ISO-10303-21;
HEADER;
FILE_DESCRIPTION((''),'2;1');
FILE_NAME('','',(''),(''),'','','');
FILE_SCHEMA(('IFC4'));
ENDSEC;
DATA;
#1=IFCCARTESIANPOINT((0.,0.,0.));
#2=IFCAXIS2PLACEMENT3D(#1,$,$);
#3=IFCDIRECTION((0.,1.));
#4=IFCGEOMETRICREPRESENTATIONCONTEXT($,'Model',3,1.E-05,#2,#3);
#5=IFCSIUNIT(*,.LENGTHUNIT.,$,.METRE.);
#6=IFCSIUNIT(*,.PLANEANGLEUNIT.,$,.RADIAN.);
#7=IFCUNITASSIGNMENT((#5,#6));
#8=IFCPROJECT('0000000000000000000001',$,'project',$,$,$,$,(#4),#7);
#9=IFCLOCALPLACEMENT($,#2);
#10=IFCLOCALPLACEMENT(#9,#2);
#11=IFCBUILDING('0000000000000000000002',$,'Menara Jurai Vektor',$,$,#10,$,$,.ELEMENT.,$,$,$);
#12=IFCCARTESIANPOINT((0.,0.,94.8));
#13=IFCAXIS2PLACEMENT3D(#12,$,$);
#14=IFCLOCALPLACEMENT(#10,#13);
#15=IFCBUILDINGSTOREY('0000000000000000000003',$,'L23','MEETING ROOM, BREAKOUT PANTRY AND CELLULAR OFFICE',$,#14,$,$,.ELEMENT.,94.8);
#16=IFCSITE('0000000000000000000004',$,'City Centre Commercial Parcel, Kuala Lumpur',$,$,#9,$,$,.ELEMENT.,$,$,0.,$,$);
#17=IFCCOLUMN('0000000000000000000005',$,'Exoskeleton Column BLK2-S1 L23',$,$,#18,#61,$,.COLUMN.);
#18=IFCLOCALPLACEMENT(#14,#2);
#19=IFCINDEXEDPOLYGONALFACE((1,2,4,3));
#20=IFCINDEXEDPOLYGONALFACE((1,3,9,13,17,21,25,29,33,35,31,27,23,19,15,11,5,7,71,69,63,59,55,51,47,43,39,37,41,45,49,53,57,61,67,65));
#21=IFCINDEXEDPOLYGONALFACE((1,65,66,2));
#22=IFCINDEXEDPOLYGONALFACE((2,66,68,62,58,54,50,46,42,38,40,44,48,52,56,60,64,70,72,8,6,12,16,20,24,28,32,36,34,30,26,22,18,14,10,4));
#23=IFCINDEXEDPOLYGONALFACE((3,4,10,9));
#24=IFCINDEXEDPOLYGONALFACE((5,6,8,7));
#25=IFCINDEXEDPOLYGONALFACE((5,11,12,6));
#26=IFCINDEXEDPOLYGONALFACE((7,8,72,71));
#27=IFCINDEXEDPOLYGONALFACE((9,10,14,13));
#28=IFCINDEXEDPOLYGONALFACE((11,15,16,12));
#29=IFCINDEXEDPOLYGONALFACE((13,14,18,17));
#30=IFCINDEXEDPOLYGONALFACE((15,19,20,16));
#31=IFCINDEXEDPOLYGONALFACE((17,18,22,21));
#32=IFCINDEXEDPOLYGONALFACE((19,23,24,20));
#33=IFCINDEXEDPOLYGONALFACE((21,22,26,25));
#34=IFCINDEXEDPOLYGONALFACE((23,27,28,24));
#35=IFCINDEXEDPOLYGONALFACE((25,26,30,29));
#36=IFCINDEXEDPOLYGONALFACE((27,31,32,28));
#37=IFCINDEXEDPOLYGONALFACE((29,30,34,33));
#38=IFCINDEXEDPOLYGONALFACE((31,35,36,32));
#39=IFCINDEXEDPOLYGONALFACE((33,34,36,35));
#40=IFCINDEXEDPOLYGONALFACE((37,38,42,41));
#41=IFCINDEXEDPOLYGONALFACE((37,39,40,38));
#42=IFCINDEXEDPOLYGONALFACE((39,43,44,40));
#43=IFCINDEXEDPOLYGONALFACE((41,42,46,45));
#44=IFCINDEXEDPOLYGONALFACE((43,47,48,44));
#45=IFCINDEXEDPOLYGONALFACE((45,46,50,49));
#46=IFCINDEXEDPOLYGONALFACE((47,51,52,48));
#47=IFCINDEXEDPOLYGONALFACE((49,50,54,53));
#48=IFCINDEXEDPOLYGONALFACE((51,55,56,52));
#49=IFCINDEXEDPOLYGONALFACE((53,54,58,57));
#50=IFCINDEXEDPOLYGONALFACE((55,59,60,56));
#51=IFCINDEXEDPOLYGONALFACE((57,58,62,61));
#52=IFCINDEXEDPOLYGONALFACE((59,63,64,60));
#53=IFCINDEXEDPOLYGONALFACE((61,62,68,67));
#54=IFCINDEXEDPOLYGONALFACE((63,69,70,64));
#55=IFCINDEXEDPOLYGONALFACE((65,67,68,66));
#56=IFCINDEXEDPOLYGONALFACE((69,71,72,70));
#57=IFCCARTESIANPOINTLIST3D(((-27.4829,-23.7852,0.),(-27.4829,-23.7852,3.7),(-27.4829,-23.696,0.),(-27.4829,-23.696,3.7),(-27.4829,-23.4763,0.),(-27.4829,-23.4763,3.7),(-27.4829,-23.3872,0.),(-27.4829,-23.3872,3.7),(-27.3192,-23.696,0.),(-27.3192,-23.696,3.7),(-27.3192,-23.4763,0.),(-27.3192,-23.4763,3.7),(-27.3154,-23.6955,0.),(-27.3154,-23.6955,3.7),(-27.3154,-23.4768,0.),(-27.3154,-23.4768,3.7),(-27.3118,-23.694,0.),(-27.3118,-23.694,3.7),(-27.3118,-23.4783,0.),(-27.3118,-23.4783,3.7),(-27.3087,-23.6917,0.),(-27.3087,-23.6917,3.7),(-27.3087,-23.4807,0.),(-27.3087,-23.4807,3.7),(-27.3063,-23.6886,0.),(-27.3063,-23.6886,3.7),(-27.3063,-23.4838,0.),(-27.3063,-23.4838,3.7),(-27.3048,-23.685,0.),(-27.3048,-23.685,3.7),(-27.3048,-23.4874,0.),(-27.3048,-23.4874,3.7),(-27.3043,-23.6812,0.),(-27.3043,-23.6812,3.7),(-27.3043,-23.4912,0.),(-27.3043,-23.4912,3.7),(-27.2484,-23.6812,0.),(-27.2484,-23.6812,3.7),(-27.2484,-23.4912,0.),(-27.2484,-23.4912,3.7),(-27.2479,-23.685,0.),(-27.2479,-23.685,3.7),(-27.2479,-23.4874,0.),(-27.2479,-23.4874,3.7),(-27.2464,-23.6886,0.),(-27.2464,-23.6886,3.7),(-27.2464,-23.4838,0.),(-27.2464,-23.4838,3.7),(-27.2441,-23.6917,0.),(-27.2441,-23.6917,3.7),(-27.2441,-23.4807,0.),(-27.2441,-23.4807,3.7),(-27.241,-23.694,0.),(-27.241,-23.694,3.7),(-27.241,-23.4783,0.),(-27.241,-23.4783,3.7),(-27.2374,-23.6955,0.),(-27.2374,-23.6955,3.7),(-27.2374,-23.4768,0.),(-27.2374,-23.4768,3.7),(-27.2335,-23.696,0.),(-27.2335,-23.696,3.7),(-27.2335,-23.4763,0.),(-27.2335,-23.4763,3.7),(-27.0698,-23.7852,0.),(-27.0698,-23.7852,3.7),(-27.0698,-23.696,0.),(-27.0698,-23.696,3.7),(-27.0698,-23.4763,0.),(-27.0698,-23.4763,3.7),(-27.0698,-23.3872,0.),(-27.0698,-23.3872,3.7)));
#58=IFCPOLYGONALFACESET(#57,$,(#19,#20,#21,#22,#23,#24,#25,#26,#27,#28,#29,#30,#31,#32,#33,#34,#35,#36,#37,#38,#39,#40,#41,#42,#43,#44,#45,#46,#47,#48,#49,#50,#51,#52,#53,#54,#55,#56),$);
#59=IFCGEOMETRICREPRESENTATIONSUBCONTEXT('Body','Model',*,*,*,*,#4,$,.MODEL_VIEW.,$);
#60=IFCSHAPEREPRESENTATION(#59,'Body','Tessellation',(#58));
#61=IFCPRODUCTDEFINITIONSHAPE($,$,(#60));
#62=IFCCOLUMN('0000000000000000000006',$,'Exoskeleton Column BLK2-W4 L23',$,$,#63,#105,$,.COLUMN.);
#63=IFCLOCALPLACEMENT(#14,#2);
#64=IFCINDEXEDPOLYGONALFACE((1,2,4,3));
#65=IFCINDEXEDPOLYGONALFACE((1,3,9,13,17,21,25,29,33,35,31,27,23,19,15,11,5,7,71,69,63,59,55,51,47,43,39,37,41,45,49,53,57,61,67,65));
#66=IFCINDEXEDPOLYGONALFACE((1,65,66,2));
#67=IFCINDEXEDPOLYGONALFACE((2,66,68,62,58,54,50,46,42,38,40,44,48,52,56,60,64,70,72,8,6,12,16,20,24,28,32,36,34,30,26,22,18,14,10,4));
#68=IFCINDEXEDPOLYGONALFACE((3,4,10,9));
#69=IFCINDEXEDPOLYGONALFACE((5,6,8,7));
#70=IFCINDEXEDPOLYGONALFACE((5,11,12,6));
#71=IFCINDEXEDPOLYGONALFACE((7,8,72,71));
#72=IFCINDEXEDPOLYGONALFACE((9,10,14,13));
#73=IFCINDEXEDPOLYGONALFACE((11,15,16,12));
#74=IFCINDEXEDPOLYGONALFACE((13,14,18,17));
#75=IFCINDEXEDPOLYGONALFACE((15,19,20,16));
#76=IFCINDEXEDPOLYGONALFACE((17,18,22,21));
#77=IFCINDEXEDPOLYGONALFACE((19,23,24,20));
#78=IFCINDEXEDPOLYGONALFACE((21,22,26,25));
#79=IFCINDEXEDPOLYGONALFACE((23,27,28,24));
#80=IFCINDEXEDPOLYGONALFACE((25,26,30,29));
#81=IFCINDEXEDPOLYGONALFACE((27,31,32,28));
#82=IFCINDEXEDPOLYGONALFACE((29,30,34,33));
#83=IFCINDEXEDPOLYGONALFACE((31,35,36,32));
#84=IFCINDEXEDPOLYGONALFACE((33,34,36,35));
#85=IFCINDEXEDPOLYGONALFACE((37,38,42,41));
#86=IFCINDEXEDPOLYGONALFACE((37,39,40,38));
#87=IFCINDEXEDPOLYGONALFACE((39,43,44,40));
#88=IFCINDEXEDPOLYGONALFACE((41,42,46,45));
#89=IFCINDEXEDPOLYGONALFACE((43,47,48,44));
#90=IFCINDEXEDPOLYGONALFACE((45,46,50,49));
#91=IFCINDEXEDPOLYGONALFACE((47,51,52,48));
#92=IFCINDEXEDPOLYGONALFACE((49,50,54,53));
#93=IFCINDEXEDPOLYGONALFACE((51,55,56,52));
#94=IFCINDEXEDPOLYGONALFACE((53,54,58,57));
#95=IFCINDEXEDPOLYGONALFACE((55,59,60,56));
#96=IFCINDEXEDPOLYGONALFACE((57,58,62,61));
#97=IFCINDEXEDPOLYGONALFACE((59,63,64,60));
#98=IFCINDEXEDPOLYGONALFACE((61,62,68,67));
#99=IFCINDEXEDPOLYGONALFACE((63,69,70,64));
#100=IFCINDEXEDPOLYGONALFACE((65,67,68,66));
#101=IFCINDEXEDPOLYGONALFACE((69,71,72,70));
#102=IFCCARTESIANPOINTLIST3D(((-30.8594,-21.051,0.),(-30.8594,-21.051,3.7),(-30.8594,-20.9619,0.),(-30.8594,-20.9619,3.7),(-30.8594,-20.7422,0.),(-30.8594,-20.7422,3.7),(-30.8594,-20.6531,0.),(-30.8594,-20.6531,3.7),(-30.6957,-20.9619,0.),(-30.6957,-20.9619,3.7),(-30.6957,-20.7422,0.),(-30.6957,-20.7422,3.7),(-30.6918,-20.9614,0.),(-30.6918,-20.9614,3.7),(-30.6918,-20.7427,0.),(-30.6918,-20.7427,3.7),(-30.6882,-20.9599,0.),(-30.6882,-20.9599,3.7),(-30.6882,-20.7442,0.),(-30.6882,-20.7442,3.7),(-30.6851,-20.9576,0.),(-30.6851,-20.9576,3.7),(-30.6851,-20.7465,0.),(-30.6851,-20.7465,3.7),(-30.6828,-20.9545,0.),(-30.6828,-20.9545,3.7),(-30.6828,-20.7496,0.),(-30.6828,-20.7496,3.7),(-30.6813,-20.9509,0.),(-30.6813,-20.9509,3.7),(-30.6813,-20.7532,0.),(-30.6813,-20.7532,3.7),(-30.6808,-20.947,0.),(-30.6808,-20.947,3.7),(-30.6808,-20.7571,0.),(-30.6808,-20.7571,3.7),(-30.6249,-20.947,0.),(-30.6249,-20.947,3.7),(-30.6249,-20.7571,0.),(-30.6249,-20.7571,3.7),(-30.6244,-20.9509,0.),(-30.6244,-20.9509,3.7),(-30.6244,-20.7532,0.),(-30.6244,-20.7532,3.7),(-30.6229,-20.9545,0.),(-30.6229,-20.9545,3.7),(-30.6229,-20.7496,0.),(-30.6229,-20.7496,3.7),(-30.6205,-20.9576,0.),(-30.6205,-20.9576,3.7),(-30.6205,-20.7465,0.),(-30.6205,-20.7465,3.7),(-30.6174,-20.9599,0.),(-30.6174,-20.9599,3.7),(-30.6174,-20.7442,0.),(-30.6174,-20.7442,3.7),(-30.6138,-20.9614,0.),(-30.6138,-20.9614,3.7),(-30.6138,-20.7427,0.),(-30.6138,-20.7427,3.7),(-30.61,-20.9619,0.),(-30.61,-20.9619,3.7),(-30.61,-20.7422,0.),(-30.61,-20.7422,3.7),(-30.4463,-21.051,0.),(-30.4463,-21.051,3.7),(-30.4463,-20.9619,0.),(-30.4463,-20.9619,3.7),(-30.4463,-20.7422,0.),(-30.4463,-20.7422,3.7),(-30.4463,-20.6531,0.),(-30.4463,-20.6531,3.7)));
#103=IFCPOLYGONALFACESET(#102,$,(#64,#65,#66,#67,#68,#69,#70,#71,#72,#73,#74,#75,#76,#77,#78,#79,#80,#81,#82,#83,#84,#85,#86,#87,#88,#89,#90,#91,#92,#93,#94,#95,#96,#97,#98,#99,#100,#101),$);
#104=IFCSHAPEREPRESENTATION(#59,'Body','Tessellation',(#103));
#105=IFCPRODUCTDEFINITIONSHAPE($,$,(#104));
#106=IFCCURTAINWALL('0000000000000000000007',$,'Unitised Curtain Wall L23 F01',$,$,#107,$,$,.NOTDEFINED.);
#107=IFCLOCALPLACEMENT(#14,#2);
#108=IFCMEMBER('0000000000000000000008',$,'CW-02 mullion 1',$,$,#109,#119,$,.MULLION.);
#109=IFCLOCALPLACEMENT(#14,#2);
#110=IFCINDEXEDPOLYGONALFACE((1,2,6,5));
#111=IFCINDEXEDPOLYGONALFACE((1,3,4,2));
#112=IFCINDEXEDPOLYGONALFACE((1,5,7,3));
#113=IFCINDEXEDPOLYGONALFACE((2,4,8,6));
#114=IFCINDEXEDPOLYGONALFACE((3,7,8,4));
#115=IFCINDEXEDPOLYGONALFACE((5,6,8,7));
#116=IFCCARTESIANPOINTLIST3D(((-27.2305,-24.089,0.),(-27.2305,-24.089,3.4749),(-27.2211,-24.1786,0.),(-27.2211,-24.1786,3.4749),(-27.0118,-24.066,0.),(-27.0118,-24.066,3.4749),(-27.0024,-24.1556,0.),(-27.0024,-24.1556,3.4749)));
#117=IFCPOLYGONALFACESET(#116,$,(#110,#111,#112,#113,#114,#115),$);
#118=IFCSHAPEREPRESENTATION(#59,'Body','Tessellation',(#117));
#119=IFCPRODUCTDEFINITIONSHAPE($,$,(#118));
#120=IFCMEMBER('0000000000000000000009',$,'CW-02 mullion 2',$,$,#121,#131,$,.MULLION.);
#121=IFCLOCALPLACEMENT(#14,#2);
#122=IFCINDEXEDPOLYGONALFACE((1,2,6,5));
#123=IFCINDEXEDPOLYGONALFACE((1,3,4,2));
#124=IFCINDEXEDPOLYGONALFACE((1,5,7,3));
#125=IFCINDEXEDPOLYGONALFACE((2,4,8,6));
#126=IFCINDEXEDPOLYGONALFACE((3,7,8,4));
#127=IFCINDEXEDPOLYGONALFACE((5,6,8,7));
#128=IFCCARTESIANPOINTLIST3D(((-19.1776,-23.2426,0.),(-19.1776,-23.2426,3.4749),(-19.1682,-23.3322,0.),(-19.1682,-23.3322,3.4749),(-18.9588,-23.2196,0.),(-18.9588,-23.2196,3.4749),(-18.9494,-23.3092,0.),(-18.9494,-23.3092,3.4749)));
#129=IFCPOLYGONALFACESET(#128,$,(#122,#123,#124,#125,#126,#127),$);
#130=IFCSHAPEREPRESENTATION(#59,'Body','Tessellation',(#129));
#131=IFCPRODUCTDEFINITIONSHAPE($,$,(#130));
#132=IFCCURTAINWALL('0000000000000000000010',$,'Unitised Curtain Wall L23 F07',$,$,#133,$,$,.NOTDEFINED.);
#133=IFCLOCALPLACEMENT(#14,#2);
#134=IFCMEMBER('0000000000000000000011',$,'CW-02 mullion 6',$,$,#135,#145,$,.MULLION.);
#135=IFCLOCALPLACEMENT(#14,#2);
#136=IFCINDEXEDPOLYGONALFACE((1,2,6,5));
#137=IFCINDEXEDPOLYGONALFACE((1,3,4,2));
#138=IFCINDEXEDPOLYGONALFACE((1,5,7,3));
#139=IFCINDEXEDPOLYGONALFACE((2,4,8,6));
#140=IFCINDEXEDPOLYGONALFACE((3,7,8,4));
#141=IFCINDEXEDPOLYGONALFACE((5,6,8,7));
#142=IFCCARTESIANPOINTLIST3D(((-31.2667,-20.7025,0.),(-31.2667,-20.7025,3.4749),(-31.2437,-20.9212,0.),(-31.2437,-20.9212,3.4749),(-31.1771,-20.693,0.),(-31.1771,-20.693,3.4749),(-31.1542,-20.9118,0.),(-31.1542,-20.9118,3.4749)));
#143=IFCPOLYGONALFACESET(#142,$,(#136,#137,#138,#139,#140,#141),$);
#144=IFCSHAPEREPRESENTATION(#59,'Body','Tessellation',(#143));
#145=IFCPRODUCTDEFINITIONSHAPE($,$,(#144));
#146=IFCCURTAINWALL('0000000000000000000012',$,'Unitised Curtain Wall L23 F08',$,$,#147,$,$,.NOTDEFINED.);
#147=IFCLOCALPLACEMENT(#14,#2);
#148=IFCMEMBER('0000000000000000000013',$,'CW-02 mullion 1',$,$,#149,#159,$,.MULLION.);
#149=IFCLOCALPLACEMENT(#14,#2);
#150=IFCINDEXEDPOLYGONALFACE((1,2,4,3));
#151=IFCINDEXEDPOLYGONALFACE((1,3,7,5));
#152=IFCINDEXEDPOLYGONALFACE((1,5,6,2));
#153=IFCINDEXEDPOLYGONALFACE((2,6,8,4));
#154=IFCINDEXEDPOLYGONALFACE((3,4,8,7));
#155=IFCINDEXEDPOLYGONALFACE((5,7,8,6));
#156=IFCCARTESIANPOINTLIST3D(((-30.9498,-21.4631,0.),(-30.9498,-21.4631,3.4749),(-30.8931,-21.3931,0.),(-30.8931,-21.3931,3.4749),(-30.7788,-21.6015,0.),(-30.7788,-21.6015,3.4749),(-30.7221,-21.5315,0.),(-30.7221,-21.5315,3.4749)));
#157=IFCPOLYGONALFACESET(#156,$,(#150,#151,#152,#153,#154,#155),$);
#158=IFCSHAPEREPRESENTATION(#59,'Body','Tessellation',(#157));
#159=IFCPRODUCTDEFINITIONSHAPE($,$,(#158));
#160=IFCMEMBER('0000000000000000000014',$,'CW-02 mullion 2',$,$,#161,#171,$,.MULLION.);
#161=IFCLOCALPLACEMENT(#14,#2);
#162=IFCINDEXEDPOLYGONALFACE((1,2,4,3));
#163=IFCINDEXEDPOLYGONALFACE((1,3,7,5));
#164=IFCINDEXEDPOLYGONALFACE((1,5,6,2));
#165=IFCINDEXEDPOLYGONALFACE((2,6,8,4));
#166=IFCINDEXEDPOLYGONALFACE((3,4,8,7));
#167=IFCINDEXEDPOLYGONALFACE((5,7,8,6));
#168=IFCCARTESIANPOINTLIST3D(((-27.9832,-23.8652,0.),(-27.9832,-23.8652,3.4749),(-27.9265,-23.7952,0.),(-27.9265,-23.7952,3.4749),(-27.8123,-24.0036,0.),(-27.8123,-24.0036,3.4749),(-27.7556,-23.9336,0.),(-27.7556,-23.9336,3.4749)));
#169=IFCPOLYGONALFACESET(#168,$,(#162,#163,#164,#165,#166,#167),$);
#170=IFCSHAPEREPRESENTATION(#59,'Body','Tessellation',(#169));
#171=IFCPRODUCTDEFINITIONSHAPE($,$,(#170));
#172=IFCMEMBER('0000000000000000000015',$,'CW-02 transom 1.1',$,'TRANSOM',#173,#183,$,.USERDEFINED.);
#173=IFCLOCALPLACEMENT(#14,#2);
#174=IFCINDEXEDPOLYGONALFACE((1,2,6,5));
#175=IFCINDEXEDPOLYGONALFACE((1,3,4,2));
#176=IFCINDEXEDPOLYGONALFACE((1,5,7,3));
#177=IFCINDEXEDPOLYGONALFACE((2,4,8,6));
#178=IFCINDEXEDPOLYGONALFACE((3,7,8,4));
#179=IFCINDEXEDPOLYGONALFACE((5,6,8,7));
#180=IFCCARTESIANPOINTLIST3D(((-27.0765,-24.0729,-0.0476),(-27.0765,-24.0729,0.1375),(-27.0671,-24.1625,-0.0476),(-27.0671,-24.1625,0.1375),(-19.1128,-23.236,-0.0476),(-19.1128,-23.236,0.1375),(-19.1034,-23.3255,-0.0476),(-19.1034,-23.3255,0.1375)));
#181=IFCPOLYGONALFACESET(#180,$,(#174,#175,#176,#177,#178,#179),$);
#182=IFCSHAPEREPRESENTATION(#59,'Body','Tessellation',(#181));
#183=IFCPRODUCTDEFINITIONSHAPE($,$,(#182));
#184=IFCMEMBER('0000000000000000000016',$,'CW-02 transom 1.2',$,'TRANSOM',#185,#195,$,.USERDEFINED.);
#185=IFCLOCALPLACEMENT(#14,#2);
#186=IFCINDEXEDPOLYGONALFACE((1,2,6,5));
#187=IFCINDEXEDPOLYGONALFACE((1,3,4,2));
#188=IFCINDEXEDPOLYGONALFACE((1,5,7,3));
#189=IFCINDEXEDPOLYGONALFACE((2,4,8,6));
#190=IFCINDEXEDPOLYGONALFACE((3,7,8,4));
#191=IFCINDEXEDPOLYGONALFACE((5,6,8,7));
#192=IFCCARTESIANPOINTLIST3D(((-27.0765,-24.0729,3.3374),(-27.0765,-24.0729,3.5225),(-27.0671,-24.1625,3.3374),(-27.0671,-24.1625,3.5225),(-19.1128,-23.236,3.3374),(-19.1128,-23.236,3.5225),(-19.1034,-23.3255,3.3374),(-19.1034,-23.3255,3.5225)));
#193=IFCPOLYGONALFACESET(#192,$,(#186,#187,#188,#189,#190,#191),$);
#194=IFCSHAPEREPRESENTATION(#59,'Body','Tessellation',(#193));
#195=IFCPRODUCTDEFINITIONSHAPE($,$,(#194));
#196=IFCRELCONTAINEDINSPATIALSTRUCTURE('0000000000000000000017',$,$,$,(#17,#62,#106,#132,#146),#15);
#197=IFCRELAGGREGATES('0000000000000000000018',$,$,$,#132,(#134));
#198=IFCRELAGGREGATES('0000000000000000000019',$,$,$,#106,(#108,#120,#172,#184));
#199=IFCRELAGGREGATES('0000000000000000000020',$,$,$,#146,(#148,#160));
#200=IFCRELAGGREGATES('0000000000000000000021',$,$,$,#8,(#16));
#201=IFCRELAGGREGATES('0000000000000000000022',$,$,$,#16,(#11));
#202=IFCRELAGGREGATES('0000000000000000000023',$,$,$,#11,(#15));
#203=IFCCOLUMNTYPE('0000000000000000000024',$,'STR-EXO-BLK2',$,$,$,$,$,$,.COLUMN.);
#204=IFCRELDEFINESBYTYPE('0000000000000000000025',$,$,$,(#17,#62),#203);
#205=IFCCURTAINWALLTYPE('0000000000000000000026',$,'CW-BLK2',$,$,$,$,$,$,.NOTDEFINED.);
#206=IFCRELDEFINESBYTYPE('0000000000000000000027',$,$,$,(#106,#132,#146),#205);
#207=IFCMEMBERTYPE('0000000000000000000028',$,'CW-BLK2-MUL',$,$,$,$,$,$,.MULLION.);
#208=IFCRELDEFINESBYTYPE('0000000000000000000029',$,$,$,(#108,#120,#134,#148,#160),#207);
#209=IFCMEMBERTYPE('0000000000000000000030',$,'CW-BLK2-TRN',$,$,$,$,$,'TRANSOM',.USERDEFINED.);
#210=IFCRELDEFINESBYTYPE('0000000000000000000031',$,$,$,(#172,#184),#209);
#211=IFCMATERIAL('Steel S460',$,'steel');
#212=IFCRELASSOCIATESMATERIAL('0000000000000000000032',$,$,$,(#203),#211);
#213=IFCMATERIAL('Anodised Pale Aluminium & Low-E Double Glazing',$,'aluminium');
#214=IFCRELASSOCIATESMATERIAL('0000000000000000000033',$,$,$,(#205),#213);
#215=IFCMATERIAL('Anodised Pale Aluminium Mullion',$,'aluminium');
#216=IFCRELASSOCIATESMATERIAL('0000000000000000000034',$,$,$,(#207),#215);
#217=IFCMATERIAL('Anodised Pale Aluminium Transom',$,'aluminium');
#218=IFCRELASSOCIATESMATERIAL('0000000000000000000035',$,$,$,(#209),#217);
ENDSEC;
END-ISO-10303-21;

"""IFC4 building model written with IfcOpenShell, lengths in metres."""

from ifc_helpers import new_model, si_unit, direction, frame, origin, origin_2d, place, context, subcontext, project, spatial, rectangle, i_section, extrude, material, material_profile, profile_set, type_object, element, aggregate, save


model = new_model("IFC4")

# Units and contexts
model_context = context("Model", 3, precision=1e-05, world=origin(), true_north=direction((0.0, 1.0)))
body_context = subcontext(model_context, "Body", "Model", "MODEL_VIEW")
ifc_project = project(units=[si_unit("LENGTHUNIT", "METRE"), si_unit("PLANEANGLEUNIT", "RADIAN")], contexts=[model_context])

# Site, building, storey
site_placement = place(None, origin())
site = spatial("IfcSite", under=ifc_project, at=site_placement, Name="City Centre Commercial Parcel, Kuala Lumpur", CompositionType="ELEMENT", RefElevation=0.0)
building_placement = place(site_placement, origin())
building = spatial("IfcBuilding", under=site, at=building_placement, Name="Menara Jurai Vektor", CompositionType="ELEMENT")
storey_placement = place(building_placement, frame((0.0, 0.0, 94.8)))
storey = spatial("IfcBuildingStorey", under=building, at=storey_placement, Name="L23", Description="MEETING ROOM, BREAKOUT PANTRY AND CELLULAR OFFICE", CompositionType="ELEMENT", Elevation=94.8)

# Columns
ifc_material_1 = material(Name="Steel S460", Category="steel")
ifc_material_profile_1 = material_profile(ifc_material_1, i_section(OverallWidth=0.4131, OverallDepth=0.3979, WebThickness=0.0559, FlangeThickness=0.0891, FilletRadius=0.0149, at=origin_2d()), Name="HD 400x744")
ifc_profile_set_1 = profile_set([ifc_material_profile_1], Name="Steel S460")
column_type = type_object("IfcColumnType", Name="STR-EXO-BLK2", PredefinedType="COLUMN", material=ifc_profile_set_1)
for number, where, z_axis, x_axis, name in (
    (1, (-27.2764, -23.5862, 0.0), (0.0, 0.0, 1.0), (1.0, 0.0, 0.0), "Exoskeleton Column BLK2-S1 L23"),
    (2, (-30.6528, -20.8521, 0.0), (0.0, 0.0, 1.0), (1.0, 0.0, 0.0), "Exoskeleton Column BLK2-W4 L23"),
):
    element("IfcColumn", number, at=place(storey_placement, frame(where, z_axis=z_axis, x_axis=x_axis)), inside=storey, type_object=column_type, Name=name, PredefinedType="COLUMN", context=body_context, shape_type="SweptSolid", body=[
        extrude(i_section(OverallWidth=0.4131, OverallDepth=0.3979, WebThickness=0.0559, FlangeThickness=0.0891, FilletRadius=0.0149, at=origin_2d()), origin(), (0.0, 0.0, 1.0), 3.7),
    ])

# Curtain wall, members
ifc_material_2 = material(Name="Anodised Pale Aluminium & Low-E Double Glazing", Category="aluminium")
curtain_wall_type = type_object("IfcCurtainWallType", Name="CW-BLK2", PredefinedType="NOTDEFINED", material=ifc_material_2)
curtain_wall_1_placement = place(storey_placement, origin())
curtain_wall_1 = element("IfcCurtainWall", 3, at=curtain_wall_1_placement, inside=storey, type_object=curtain_wall_type, Name="Unitised Curtain Wall L23 F01", PredefinedType="NOTDEFINED")
ifc_material_3 = material(Name="Anodised Pale Aluminium Mullion", Category="aluminium")
ifc_material_profile_2 = material_profile(ifc_material_3, rectangle(XDim=0.0901, YDim=0.22, at=origin_2d()), Name="ALU MUL 90x220")
ifc_profile_set_2 = profile_set([ifc_material_profile_2], Name="Anodised Pale Aluminium Mullion")
member_type_1 = type_object("IfcMemberType", Name="CW-BLK2-MUL", PredefinedType="MULLION", material=ifc_profile_set_2)
member_1_placement = place(storey_placement, frame((-27.1165, -24.1223, 0.0), z_axis=(0.0, 0.0, 1.0), x_axis=(-0.104529, 0.994522, 0.0)))
member_1 = element("IfcMember", 4, at=member_1_placement, type_object=member_type_1, Name="CW-02 mullion 1", PredefinedType="MULLION", context=body_context, shape_type="SweptSolid", body=[
    extrude(rectangle(XDim=0.0901, YDim=0.22, at=origin_2d()), origin(), (0.0, 0.0, 1.0), 3.4749),
])
member_2_placement = place(storey_placement, frame((-19.0635, -23.2759, 0.0), z_axis=(0.0, 0.0, 1.0), x_axis=(-0.104529, 0.994522, 0.0)))
member_2 = element("IfcMember", 5, at=member_2_placement, type_object=member_type_1, Name="CW-02 mullion 2", PredefinedType="MULLION", context=body_context, shape_type="SweptSolid", body=[
    extrude(rectangle(XDim=0.0901, YDim=0.22, at=origin_2d()), origin(), (0.0, 0.0, 1.0), 3.4749),
])

# Curtain wall, member
curtain_wall_2_placement = place(storey_placement, origin())
curtain_wall_2 = element("IfcCurtainWall", 6, at=curtain_wall_2_placement, inside=storey, type_object=curtain_wall_type, Name="Unitised Curtain Wall L23 F07", PredefinedType="NOTDEFINED")
member_3_placement = place(storey_placement, frame((-31.2104, -20.8071, 0.0), z_axis=(0.0, 0.0, 1.0), x_axis=(0.994522, 0.10453, 0.0)))
member_3 = element("IfcMember", 7, at=member_3_placement, type_object=member_type_1, Name="CW-02 mullion 6", PredefinedType="MULLION", context=body_context, shape_type="SweptSolid", body=[
    extrude(rectangle(XDim=0.0901, YDim=0.22, at=origin_2d()), origin(), (0.0, 0.0, 1.0), 3.4749),
])
aggregate(curtain_wall_2, [member_3])

# Curtain wall, members
curtain_wall_3_placement = place(storey_placement, origin())
curtain_wall_3 = element("IfcCurtainWall", 8, at=curtain_wall_3_placement, inside=storey, type_object=curtain_wall_type, Name="Unitised Curtain Wall L23 F08", PredefinedType="NOTDEFINED")
member_4_placement = place(storey_placement, frame((-30.8359, -21.4973, 0.0), z_axis=(0.0, 0.0, 1.0), x_axis=(0.629313, 0.777152, 0.0)))
member_4 = element("IfcMember", 9, at=member_4_placement, type_object=member_type_1, Name="CW-02 mullion 1", PredefinedType="MULLION", context=body_context, shape_type="SweptSolid", body=[
    extrude(rectangle(XDim=0.0901, YDim=0.22, at=origin_2d()), origin(), (0.0, 0.0, 1.0), 3.4749),
])
member_5_placement = place(storey_placement, frame((-27.8694, -23.8994, 0.0), z_axis=(0.0, 0.0, 1.0), x_axis=(0.629313, 0.777152, 0.0)))
member_5 = element("IfcMember", 10, at=member_5_placement, type_object=member_type_1, Name="CW-02 mullion 2", PredefinedType="MULLION", context=body_context, shape_type="SweptSolid", body=[
    extrude(rectangle(XDim=0.0901, YDim=0.22, at=origin_2d()), origin(), (0.0, 0.0, 1.0), 3.4749),
])

# Members
ifc_material_4 = material(Name="Anodised Pale Aluminium Transom", Category="aluminium")
ifc_material_profile_3 = material_profile(ifc_material_4, rectangle(XDim=0.0901, YDim=0.1851, at=origin_2d()), Name="ALU TRN 90x185")
ifc_profile_set_3 = profile_set([ifc_material_profile_3], Name="Anodised Pale Aluminium Transom")
member_type_2 = type_object("IfcMemberType", Name="CW-BLK2-TRN", ElementType="TRANSOM", PredefinedType="USERDEFINED", material=ifc_profile_set_3)
member_6_placement = place(storey_placement, frame((-27.0718, -24.1177, 0.0449), z_axis=(0.994523, 0.104517, 0.0), x_axis=(-0.104517, 0.994523, 0.0)))
member_6 = element("IfcMember", 11, at=member_6_placement, type_object=member_type_2, Name="CW-02 transom 1.1", ObjectType="TRANSOM", PredefinedType="USERDEFINED", context=body_context, shape_type="SweptSolid", body=[
    extrude(rectangle(XDim=0.0901, YDim=0.1851, at=origin_2d()), origin(), (0.0, 0.0, 1.0), 8.0076),
])
member_7_placement = place(storey_placement, frame((-27.0718, -24.1177, 3.4299), z_axis=(0.994523, 0.104517, 0.0), x_axis=(-0.104517, 0.994523, 0.0)))
member_7 = element("IfcMember", 12, at=member_7_placement, type_object=member_type_2, Name="CW-02 transom 1.2", ObjectType="TRANSOM", PredefinedType="USERDEFINED", context=body_context, shape_type="SweptSolid", body=[
    extrude(rectangle(XDim=0.0901, YDim=0.1851, at=origin_2d()), origin(), (0.0, 0.0, 1.0), 8.0076),
])

aggregate(curtain_wall_1, [member_1, member_2, member_6, member_7])
aggregate(curtain_wall_3, [member_4, member_5])

save(model, "model.ifc")
